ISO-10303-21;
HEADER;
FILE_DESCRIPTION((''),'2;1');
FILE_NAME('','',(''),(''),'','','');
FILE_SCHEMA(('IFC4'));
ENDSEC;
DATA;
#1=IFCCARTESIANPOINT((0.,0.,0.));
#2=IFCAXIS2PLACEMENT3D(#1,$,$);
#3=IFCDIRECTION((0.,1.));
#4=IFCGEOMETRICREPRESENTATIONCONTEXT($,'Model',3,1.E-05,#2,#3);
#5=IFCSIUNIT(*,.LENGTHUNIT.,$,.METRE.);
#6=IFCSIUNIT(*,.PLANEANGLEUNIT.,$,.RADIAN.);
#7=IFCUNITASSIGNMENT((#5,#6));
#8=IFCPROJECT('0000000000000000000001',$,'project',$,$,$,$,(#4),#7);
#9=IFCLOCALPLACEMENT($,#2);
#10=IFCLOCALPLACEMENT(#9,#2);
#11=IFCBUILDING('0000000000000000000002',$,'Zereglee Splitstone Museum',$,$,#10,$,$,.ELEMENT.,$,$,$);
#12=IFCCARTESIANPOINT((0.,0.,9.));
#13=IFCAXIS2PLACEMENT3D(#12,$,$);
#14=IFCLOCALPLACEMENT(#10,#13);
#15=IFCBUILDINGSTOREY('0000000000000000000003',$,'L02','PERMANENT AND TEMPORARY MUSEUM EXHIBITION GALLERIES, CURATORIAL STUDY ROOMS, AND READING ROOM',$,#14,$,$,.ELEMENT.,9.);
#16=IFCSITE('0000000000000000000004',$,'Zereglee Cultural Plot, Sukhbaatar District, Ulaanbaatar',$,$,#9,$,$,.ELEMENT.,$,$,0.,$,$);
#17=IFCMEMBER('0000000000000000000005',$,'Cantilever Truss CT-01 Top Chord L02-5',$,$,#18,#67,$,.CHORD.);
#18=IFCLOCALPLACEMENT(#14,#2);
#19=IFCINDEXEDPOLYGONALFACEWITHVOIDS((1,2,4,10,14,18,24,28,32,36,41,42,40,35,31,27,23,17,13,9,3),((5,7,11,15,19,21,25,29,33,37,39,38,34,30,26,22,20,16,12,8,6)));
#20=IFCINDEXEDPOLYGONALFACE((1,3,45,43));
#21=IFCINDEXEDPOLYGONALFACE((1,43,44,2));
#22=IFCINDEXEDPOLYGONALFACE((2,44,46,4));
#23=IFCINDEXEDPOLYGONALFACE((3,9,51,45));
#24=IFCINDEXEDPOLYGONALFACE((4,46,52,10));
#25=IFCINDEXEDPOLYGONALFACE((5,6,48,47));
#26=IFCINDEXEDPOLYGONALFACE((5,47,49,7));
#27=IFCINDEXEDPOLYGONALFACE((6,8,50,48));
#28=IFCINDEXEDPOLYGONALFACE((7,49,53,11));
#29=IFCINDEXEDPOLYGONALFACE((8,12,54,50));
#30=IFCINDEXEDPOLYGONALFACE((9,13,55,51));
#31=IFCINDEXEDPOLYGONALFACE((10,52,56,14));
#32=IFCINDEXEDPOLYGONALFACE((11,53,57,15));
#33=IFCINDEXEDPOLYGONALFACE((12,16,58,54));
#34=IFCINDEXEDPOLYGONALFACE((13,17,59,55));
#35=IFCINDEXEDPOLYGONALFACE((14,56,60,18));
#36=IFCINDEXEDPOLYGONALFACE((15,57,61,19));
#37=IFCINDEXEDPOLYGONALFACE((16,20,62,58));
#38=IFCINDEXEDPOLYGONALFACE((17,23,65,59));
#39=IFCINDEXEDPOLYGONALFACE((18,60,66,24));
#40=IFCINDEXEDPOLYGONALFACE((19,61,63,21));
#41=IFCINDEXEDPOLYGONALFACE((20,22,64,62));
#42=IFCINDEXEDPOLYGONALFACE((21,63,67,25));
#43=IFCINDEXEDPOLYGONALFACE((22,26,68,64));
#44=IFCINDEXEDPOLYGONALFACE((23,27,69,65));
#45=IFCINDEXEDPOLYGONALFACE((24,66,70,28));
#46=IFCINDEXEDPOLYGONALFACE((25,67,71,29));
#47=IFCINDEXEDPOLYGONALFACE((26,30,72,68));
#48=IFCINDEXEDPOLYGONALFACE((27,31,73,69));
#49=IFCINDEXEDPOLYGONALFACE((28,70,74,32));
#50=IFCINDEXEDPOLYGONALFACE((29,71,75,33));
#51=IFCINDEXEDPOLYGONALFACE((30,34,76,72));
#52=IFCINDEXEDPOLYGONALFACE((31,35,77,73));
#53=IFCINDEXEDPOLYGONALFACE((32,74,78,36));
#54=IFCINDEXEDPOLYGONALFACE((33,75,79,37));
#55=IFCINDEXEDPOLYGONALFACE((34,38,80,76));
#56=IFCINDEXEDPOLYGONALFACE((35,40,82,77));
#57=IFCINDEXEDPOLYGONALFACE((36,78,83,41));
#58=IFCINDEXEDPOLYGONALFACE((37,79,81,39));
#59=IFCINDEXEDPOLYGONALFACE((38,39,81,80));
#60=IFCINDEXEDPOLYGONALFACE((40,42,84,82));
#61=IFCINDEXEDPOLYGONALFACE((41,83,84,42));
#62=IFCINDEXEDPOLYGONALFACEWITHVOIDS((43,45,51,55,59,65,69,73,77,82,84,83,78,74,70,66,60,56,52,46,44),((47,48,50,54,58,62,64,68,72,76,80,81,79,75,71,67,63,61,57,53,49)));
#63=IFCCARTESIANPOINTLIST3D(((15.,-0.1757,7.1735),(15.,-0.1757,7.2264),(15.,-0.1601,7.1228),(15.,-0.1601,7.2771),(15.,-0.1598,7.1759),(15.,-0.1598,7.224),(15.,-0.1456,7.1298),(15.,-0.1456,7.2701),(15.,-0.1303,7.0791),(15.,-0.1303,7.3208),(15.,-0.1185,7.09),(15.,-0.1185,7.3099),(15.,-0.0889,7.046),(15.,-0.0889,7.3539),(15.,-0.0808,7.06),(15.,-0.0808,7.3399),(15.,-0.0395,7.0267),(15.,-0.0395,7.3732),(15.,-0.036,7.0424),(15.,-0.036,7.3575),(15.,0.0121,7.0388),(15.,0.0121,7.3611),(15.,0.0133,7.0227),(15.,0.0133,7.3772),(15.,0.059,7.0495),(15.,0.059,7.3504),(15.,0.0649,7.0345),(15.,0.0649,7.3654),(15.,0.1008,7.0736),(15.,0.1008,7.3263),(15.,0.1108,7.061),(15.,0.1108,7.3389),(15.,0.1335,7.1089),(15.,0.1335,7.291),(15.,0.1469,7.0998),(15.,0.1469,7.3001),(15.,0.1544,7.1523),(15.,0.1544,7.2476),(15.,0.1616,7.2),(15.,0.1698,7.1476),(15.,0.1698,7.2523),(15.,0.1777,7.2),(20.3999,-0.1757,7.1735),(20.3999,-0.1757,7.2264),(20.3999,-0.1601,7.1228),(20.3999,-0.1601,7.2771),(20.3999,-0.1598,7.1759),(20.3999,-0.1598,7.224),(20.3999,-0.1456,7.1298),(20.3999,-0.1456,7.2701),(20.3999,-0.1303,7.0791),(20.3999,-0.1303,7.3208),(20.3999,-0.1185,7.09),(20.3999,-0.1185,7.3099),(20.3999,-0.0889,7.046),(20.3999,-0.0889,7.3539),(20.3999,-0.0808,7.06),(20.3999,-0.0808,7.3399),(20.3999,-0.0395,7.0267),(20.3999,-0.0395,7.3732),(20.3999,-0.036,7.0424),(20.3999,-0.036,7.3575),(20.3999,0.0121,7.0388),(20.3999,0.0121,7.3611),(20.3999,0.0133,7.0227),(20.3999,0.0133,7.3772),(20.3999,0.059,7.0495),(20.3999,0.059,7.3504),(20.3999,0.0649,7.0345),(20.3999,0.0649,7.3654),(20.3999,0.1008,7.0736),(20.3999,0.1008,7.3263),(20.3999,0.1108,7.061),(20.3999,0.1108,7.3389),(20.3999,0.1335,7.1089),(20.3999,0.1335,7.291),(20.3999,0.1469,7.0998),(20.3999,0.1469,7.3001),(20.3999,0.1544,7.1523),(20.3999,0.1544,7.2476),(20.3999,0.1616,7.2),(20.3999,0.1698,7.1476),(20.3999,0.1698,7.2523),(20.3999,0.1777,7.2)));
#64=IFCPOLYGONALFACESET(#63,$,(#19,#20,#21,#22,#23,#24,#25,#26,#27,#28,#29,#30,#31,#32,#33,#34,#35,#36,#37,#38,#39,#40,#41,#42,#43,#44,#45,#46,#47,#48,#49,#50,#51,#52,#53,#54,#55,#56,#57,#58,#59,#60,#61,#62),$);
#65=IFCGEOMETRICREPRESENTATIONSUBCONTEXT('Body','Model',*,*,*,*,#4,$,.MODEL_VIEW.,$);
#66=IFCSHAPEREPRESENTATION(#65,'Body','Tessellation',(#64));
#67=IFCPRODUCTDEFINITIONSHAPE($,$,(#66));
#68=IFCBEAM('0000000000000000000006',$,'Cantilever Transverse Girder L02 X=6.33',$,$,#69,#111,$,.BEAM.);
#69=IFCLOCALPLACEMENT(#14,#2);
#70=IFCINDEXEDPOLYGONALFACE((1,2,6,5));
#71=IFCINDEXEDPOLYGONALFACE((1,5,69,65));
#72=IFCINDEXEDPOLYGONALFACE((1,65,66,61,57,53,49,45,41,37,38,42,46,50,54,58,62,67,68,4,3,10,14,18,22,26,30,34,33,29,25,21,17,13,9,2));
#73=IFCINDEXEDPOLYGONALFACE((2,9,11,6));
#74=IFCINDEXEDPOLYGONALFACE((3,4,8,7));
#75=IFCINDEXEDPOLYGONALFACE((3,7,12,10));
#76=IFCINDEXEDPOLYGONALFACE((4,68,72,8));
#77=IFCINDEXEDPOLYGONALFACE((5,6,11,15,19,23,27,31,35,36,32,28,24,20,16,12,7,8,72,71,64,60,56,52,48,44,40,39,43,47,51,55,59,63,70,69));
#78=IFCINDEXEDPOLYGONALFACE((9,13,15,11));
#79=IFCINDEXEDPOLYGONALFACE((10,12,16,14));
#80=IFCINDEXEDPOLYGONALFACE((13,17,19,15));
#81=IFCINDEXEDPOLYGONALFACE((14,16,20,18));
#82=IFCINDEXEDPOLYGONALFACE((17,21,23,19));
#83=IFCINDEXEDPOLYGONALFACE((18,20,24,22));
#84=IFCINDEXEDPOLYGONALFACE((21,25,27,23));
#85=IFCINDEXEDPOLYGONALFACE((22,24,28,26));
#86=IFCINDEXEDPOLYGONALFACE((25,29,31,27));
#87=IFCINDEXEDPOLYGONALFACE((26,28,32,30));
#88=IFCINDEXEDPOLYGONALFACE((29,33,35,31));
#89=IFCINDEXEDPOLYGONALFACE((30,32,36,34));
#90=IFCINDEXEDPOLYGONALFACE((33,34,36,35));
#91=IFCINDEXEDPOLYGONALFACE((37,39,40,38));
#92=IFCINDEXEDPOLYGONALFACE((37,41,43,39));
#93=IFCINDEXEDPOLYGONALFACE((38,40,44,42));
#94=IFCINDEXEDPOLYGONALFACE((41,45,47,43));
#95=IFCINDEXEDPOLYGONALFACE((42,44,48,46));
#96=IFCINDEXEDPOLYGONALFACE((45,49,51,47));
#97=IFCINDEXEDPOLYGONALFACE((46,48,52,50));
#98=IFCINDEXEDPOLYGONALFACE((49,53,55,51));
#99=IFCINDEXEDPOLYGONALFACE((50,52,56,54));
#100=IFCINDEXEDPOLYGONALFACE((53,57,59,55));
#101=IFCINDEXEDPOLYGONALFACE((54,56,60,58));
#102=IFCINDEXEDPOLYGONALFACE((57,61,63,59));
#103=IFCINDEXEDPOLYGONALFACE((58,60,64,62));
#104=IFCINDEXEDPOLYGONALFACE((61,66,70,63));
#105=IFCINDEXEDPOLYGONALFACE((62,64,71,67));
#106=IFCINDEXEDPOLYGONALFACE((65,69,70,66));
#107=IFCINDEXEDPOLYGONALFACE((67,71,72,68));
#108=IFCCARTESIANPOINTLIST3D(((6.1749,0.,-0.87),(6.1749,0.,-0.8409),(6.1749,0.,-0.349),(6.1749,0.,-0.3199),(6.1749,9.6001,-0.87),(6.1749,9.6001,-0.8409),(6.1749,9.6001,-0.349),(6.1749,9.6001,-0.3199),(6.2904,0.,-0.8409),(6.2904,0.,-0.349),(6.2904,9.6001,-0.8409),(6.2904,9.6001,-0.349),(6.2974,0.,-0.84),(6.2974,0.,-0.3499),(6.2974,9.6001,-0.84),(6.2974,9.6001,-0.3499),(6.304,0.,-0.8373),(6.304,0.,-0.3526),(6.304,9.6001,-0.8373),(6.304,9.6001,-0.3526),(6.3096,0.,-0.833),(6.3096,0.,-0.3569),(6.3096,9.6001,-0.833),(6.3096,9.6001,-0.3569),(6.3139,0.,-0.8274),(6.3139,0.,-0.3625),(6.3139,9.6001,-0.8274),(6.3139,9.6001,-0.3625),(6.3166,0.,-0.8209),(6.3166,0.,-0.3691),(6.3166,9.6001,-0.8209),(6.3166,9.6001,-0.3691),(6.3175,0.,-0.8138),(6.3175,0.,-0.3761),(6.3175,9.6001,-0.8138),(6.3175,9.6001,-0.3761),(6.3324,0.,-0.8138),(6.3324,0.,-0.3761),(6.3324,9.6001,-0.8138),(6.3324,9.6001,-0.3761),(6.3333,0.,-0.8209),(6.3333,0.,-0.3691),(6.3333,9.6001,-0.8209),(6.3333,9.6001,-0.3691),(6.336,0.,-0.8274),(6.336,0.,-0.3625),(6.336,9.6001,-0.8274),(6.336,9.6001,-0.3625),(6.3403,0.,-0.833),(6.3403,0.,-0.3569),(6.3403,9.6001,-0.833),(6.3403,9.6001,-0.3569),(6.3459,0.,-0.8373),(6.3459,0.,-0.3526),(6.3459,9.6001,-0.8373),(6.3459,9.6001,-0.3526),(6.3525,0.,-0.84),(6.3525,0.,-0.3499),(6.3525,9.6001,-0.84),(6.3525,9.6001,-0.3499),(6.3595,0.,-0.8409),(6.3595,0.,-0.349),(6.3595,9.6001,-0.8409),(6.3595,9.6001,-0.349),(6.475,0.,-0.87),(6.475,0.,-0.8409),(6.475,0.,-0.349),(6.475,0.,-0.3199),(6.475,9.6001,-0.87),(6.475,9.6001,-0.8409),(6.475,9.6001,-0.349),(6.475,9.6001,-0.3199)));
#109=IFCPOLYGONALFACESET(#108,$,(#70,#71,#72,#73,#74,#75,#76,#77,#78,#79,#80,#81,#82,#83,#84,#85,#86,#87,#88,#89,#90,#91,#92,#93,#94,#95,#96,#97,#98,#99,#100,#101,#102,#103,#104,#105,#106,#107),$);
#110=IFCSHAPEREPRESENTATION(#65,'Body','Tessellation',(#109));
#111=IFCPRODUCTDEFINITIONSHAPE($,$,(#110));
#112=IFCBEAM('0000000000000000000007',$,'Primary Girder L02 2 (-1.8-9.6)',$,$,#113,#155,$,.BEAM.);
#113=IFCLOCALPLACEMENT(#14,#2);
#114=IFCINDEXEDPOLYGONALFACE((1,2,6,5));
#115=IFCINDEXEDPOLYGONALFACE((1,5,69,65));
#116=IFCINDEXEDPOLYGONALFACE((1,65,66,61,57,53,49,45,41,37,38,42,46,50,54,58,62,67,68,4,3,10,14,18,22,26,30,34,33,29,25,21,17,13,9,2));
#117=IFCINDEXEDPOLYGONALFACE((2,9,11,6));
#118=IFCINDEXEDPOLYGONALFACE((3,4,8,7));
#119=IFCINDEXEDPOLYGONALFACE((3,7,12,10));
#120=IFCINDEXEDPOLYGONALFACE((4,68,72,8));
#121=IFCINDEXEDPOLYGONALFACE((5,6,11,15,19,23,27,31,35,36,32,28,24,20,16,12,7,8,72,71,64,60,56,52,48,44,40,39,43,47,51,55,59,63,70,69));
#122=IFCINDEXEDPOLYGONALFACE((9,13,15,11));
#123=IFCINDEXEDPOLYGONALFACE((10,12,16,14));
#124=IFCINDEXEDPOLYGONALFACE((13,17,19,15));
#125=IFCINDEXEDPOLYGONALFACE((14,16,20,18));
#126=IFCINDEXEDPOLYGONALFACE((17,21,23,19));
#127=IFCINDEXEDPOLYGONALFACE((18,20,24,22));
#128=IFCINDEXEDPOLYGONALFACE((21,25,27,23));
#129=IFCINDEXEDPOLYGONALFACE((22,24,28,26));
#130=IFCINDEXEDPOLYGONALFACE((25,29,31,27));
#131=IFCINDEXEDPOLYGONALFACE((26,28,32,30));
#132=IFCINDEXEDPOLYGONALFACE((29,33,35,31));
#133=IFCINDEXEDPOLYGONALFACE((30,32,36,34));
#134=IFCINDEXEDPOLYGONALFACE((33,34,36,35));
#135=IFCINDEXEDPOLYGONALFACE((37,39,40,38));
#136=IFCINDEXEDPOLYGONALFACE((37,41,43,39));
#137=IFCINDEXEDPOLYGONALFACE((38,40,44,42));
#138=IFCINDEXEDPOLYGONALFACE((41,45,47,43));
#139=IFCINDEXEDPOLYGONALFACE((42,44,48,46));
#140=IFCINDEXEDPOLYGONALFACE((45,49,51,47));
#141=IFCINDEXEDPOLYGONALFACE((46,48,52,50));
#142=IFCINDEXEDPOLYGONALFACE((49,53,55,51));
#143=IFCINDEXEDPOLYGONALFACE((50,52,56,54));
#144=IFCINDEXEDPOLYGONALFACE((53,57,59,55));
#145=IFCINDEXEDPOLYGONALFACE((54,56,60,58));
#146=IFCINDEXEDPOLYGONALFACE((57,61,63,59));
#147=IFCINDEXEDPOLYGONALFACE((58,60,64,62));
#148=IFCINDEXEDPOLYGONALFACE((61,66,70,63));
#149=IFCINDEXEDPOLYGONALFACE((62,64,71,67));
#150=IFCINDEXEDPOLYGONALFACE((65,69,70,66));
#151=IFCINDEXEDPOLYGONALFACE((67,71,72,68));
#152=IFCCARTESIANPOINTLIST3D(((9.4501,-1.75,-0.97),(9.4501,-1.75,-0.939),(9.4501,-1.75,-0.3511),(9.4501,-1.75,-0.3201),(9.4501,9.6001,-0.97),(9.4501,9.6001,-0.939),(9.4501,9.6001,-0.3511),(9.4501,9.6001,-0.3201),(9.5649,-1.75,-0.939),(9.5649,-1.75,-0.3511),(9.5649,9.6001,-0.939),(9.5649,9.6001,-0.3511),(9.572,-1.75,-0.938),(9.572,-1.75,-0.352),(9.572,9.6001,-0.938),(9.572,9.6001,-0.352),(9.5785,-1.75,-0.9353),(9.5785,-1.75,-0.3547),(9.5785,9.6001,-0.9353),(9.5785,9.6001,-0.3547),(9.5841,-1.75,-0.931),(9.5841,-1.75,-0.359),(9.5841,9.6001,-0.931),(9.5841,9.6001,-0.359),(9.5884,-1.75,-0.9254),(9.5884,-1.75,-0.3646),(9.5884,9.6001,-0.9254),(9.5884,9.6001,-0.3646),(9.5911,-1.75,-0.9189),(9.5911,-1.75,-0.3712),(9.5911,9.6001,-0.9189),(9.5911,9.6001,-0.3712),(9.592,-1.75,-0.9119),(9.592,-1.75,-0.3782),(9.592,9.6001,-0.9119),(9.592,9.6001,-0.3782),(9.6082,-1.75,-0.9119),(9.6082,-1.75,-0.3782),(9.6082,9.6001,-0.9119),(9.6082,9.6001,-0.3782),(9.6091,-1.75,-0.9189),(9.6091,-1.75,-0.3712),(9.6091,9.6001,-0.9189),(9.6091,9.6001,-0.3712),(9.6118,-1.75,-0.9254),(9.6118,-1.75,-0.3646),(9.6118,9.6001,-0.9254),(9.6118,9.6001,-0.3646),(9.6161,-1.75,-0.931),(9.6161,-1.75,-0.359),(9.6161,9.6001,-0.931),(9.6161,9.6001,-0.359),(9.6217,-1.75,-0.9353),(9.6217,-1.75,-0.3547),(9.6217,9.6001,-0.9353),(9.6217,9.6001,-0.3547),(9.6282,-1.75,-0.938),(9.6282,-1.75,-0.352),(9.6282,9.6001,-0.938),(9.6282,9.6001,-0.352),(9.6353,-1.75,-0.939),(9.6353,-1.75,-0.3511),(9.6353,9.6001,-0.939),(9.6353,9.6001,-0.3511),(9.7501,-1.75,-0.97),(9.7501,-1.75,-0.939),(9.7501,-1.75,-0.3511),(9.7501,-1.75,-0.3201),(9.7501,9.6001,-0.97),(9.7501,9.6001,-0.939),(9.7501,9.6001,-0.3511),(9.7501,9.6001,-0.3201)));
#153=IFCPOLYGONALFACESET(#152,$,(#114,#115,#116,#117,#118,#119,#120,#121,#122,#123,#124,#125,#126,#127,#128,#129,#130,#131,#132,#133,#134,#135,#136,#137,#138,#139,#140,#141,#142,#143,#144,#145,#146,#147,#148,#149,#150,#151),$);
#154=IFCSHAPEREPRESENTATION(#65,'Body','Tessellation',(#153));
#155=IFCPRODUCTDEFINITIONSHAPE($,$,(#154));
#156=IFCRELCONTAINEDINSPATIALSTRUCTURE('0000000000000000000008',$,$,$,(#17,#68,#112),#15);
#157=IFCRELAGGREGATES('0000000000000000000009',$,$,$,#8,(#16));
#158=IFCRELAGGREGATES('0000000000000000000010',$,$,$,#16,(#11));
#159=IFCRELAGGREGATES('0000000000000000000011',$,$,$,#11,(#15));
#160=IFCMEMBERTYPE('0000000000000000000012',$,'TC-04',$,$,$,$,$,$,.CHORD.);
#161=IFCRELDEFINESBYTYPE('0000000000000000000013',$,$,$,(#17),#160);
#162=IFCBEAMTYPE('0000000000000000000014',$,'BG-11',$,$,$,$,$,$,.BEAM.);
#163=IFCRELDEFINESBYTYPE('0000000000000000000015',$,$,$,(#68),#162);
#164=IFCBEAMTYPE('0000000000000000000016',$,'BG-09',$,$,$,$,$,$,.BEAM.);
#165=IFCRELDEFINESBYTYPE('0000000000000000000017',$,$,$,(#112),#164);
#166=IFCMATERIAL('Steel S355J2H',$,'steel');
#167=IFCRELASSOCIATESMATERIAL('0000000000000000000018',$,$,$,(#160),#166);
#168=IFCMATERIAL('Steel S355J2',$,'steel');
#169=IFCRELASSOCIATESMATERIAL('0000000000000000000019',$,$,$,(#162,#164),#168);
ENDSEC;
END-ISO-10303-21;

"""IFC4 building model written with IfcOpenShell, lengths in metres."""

from ifc_helpers import new_model, si_unit, direction, frame, origin, origin_2d, place, context, subcontext, project, spatial, hollow_circle, i_section, extrude, material, material_profile, profile_set, type_object, element, save


model = new_model("IFC4")

# Units and contexts
model_context = context("Model", 3, precision=1e-05, world=origin(), true_north=direction((0.0, 1.0)))
body_context = subcontext(model_context, "Body", "Model", "MODEL_VIEW")
ifc_project = project(units=[si_unit("LENGTHUNIT", "METRE"), si_unit("PLANEANGLEUNIT", "RADIAN")], contexts=[model_context])

# Site, building, storey
site_placement = place(None, origin())
site = spatial("IfcSite", under=ifc_project, at=site_placement, Name="Zereglee Cultural Plot, Sukhbaatar District, Ulaanbaatar", CompositionType="ELEMENT", RefElevation=0.0)
building_placement = place(site_placement, origin())
building = spatial("IfcBuilding", under=site, at=building_placement, Name="Zereglee Splitstone Museum", CompositionType="ELEMENT")
storey_placement = place(building_placement, frame((0.0, 0.0, 9.0)))
storey = spatial("IfcBuildingStorey", under=building, at=storey_placement, Name="L02", Description="PERMANENT AND TEMPORARY MUSEUM EXHIBITION GALLERIES, CURATORIAL STUDY ROOMS, AND READING ROOM", CompositionType="ELEMENT", Elevation=9.0)

# Member
ifc_material_1 = material(Name="Steel S355J2H", Category="steel")
ifc_material_profile_1 = material_profile(ifc_material_1, hollow_circle(Radius=0.1777, WallThickness=0.0161, at=origin_2d()), Name="CHS 355.6x16")
ifc_profile_set_1 = profile_set([ifc_material_profile_1], Name="Steel S355J2H")
member_type_1 = type_object("IfcMemberType", Name="TC-04", PredefinedType="CHORD", material=ifc_profile_set_1)
for number, where, z_axis, x_axis, name in (
    (1, (15.0, 0.0, 7.2), (1.0, 0.0, 0.0), (0.0, 1.0, 0.0), "Cantilever Truss CT-01 Top Chord L02-5"),
):
    element("IfcMember", number, at=place(storey_placement, frame(where, z_axis=z_axis, x_axis=x_axis)), inside=storey, type_object=member_type_1, Name=name, PredefinedType="CHORD", context=body_context, shape_type="SweptSolid", body=[
        extrude(hollow_circle(Radius=0.1777, WallThickness=0.0161, at=origin_2d()), origin(), (0.0, 0.0, 1.0), 5.3999),
    ])

# Beams
ifc_material_2 = material(Name="Steel S355J2", Category="steel")
ifc_material_profile_2 = material_profile(ifc_material_2, i_section(OverallWidth=0.3, OverallDepth=0.55, WebThickness=0.0149, FlangeThickness=0.0291, FilletRadius=0.0271, at=origin_2d()), Name="HE 550 B")
ifc_profile_set_2 = profile_set([ifc_material_profile_2], Name="Steel S355J2")
beam_type_1 = type_object("IfcBeamType", Name="BG-11", PredefinedType="BEAM", material=ifc_profile_set_2)
beam_1_placement = place(storey_placement, frame((6.325, 0.0, -0.595), z_axis=(0.0, 1.0, 0.0), x_axis=(-1.0, 0.0, 0.0)))
element("IfcBeam", 2, at=beam_1_placement, inside=storey, type_object=beam_type_1, Name="Cantilever Transverse Girder L02 X=6.33", PredefinedType="BEAM", context=body_context, shape_type="SweptSolid", body=[
    extrude(i_section(OverallWidth=0.3, OverallDepth=0.55, WebThickness=0.0149, FlangeThickness=0.0291, FilletRadius=0.0271, at=origin_2d()), origin(), (0.0, 0.0, 1.0), 9.6001),
])
ifc_material_profile_3 = material_profile(ifc_material_2, i_section(OverallWidth=0.3, OverallDepth=0.6499, WebThickness=0.0161, FlangeThickness=0.031, FilletRadius=0.0271, at=origin_2d()), Name="HE 650 B")
ifc_profile_set_3 = profile_set([ifc_material_profile_3], Name="Steel S355J2")
beam_type_2 = type_object("IfcBeamType", Name="BG-09", PredefinedType="BEAM", material=ifc_profile_set_3)
beam_2_placement = place(storey_placement, frame((9.6001, -1.75, -0.645), z_axis=(0.0, 1.0, 0.0), x_axis=(-1.0, 0.0, 0.0)))
element("IfcBeam", 3, at=beam_2_placement, inside=storey, type_object=beam_type_2, Name="Primary Girder L02 2 (-1.8-9.6)", PredefinedType="BEAM", context=body_context, shape_type="SweptSolid", body=[
    extrude(i_section(OverallWidth=0.3, OverallDepth=0.6499, WebThickness=0.0161, FlangeThickness=0.031, FilletRadius=0.0271, at=origin_2d()), origin(), (0.0, 0.0, 1.0), 11.3501),
])

save(model, "model.ifc")
